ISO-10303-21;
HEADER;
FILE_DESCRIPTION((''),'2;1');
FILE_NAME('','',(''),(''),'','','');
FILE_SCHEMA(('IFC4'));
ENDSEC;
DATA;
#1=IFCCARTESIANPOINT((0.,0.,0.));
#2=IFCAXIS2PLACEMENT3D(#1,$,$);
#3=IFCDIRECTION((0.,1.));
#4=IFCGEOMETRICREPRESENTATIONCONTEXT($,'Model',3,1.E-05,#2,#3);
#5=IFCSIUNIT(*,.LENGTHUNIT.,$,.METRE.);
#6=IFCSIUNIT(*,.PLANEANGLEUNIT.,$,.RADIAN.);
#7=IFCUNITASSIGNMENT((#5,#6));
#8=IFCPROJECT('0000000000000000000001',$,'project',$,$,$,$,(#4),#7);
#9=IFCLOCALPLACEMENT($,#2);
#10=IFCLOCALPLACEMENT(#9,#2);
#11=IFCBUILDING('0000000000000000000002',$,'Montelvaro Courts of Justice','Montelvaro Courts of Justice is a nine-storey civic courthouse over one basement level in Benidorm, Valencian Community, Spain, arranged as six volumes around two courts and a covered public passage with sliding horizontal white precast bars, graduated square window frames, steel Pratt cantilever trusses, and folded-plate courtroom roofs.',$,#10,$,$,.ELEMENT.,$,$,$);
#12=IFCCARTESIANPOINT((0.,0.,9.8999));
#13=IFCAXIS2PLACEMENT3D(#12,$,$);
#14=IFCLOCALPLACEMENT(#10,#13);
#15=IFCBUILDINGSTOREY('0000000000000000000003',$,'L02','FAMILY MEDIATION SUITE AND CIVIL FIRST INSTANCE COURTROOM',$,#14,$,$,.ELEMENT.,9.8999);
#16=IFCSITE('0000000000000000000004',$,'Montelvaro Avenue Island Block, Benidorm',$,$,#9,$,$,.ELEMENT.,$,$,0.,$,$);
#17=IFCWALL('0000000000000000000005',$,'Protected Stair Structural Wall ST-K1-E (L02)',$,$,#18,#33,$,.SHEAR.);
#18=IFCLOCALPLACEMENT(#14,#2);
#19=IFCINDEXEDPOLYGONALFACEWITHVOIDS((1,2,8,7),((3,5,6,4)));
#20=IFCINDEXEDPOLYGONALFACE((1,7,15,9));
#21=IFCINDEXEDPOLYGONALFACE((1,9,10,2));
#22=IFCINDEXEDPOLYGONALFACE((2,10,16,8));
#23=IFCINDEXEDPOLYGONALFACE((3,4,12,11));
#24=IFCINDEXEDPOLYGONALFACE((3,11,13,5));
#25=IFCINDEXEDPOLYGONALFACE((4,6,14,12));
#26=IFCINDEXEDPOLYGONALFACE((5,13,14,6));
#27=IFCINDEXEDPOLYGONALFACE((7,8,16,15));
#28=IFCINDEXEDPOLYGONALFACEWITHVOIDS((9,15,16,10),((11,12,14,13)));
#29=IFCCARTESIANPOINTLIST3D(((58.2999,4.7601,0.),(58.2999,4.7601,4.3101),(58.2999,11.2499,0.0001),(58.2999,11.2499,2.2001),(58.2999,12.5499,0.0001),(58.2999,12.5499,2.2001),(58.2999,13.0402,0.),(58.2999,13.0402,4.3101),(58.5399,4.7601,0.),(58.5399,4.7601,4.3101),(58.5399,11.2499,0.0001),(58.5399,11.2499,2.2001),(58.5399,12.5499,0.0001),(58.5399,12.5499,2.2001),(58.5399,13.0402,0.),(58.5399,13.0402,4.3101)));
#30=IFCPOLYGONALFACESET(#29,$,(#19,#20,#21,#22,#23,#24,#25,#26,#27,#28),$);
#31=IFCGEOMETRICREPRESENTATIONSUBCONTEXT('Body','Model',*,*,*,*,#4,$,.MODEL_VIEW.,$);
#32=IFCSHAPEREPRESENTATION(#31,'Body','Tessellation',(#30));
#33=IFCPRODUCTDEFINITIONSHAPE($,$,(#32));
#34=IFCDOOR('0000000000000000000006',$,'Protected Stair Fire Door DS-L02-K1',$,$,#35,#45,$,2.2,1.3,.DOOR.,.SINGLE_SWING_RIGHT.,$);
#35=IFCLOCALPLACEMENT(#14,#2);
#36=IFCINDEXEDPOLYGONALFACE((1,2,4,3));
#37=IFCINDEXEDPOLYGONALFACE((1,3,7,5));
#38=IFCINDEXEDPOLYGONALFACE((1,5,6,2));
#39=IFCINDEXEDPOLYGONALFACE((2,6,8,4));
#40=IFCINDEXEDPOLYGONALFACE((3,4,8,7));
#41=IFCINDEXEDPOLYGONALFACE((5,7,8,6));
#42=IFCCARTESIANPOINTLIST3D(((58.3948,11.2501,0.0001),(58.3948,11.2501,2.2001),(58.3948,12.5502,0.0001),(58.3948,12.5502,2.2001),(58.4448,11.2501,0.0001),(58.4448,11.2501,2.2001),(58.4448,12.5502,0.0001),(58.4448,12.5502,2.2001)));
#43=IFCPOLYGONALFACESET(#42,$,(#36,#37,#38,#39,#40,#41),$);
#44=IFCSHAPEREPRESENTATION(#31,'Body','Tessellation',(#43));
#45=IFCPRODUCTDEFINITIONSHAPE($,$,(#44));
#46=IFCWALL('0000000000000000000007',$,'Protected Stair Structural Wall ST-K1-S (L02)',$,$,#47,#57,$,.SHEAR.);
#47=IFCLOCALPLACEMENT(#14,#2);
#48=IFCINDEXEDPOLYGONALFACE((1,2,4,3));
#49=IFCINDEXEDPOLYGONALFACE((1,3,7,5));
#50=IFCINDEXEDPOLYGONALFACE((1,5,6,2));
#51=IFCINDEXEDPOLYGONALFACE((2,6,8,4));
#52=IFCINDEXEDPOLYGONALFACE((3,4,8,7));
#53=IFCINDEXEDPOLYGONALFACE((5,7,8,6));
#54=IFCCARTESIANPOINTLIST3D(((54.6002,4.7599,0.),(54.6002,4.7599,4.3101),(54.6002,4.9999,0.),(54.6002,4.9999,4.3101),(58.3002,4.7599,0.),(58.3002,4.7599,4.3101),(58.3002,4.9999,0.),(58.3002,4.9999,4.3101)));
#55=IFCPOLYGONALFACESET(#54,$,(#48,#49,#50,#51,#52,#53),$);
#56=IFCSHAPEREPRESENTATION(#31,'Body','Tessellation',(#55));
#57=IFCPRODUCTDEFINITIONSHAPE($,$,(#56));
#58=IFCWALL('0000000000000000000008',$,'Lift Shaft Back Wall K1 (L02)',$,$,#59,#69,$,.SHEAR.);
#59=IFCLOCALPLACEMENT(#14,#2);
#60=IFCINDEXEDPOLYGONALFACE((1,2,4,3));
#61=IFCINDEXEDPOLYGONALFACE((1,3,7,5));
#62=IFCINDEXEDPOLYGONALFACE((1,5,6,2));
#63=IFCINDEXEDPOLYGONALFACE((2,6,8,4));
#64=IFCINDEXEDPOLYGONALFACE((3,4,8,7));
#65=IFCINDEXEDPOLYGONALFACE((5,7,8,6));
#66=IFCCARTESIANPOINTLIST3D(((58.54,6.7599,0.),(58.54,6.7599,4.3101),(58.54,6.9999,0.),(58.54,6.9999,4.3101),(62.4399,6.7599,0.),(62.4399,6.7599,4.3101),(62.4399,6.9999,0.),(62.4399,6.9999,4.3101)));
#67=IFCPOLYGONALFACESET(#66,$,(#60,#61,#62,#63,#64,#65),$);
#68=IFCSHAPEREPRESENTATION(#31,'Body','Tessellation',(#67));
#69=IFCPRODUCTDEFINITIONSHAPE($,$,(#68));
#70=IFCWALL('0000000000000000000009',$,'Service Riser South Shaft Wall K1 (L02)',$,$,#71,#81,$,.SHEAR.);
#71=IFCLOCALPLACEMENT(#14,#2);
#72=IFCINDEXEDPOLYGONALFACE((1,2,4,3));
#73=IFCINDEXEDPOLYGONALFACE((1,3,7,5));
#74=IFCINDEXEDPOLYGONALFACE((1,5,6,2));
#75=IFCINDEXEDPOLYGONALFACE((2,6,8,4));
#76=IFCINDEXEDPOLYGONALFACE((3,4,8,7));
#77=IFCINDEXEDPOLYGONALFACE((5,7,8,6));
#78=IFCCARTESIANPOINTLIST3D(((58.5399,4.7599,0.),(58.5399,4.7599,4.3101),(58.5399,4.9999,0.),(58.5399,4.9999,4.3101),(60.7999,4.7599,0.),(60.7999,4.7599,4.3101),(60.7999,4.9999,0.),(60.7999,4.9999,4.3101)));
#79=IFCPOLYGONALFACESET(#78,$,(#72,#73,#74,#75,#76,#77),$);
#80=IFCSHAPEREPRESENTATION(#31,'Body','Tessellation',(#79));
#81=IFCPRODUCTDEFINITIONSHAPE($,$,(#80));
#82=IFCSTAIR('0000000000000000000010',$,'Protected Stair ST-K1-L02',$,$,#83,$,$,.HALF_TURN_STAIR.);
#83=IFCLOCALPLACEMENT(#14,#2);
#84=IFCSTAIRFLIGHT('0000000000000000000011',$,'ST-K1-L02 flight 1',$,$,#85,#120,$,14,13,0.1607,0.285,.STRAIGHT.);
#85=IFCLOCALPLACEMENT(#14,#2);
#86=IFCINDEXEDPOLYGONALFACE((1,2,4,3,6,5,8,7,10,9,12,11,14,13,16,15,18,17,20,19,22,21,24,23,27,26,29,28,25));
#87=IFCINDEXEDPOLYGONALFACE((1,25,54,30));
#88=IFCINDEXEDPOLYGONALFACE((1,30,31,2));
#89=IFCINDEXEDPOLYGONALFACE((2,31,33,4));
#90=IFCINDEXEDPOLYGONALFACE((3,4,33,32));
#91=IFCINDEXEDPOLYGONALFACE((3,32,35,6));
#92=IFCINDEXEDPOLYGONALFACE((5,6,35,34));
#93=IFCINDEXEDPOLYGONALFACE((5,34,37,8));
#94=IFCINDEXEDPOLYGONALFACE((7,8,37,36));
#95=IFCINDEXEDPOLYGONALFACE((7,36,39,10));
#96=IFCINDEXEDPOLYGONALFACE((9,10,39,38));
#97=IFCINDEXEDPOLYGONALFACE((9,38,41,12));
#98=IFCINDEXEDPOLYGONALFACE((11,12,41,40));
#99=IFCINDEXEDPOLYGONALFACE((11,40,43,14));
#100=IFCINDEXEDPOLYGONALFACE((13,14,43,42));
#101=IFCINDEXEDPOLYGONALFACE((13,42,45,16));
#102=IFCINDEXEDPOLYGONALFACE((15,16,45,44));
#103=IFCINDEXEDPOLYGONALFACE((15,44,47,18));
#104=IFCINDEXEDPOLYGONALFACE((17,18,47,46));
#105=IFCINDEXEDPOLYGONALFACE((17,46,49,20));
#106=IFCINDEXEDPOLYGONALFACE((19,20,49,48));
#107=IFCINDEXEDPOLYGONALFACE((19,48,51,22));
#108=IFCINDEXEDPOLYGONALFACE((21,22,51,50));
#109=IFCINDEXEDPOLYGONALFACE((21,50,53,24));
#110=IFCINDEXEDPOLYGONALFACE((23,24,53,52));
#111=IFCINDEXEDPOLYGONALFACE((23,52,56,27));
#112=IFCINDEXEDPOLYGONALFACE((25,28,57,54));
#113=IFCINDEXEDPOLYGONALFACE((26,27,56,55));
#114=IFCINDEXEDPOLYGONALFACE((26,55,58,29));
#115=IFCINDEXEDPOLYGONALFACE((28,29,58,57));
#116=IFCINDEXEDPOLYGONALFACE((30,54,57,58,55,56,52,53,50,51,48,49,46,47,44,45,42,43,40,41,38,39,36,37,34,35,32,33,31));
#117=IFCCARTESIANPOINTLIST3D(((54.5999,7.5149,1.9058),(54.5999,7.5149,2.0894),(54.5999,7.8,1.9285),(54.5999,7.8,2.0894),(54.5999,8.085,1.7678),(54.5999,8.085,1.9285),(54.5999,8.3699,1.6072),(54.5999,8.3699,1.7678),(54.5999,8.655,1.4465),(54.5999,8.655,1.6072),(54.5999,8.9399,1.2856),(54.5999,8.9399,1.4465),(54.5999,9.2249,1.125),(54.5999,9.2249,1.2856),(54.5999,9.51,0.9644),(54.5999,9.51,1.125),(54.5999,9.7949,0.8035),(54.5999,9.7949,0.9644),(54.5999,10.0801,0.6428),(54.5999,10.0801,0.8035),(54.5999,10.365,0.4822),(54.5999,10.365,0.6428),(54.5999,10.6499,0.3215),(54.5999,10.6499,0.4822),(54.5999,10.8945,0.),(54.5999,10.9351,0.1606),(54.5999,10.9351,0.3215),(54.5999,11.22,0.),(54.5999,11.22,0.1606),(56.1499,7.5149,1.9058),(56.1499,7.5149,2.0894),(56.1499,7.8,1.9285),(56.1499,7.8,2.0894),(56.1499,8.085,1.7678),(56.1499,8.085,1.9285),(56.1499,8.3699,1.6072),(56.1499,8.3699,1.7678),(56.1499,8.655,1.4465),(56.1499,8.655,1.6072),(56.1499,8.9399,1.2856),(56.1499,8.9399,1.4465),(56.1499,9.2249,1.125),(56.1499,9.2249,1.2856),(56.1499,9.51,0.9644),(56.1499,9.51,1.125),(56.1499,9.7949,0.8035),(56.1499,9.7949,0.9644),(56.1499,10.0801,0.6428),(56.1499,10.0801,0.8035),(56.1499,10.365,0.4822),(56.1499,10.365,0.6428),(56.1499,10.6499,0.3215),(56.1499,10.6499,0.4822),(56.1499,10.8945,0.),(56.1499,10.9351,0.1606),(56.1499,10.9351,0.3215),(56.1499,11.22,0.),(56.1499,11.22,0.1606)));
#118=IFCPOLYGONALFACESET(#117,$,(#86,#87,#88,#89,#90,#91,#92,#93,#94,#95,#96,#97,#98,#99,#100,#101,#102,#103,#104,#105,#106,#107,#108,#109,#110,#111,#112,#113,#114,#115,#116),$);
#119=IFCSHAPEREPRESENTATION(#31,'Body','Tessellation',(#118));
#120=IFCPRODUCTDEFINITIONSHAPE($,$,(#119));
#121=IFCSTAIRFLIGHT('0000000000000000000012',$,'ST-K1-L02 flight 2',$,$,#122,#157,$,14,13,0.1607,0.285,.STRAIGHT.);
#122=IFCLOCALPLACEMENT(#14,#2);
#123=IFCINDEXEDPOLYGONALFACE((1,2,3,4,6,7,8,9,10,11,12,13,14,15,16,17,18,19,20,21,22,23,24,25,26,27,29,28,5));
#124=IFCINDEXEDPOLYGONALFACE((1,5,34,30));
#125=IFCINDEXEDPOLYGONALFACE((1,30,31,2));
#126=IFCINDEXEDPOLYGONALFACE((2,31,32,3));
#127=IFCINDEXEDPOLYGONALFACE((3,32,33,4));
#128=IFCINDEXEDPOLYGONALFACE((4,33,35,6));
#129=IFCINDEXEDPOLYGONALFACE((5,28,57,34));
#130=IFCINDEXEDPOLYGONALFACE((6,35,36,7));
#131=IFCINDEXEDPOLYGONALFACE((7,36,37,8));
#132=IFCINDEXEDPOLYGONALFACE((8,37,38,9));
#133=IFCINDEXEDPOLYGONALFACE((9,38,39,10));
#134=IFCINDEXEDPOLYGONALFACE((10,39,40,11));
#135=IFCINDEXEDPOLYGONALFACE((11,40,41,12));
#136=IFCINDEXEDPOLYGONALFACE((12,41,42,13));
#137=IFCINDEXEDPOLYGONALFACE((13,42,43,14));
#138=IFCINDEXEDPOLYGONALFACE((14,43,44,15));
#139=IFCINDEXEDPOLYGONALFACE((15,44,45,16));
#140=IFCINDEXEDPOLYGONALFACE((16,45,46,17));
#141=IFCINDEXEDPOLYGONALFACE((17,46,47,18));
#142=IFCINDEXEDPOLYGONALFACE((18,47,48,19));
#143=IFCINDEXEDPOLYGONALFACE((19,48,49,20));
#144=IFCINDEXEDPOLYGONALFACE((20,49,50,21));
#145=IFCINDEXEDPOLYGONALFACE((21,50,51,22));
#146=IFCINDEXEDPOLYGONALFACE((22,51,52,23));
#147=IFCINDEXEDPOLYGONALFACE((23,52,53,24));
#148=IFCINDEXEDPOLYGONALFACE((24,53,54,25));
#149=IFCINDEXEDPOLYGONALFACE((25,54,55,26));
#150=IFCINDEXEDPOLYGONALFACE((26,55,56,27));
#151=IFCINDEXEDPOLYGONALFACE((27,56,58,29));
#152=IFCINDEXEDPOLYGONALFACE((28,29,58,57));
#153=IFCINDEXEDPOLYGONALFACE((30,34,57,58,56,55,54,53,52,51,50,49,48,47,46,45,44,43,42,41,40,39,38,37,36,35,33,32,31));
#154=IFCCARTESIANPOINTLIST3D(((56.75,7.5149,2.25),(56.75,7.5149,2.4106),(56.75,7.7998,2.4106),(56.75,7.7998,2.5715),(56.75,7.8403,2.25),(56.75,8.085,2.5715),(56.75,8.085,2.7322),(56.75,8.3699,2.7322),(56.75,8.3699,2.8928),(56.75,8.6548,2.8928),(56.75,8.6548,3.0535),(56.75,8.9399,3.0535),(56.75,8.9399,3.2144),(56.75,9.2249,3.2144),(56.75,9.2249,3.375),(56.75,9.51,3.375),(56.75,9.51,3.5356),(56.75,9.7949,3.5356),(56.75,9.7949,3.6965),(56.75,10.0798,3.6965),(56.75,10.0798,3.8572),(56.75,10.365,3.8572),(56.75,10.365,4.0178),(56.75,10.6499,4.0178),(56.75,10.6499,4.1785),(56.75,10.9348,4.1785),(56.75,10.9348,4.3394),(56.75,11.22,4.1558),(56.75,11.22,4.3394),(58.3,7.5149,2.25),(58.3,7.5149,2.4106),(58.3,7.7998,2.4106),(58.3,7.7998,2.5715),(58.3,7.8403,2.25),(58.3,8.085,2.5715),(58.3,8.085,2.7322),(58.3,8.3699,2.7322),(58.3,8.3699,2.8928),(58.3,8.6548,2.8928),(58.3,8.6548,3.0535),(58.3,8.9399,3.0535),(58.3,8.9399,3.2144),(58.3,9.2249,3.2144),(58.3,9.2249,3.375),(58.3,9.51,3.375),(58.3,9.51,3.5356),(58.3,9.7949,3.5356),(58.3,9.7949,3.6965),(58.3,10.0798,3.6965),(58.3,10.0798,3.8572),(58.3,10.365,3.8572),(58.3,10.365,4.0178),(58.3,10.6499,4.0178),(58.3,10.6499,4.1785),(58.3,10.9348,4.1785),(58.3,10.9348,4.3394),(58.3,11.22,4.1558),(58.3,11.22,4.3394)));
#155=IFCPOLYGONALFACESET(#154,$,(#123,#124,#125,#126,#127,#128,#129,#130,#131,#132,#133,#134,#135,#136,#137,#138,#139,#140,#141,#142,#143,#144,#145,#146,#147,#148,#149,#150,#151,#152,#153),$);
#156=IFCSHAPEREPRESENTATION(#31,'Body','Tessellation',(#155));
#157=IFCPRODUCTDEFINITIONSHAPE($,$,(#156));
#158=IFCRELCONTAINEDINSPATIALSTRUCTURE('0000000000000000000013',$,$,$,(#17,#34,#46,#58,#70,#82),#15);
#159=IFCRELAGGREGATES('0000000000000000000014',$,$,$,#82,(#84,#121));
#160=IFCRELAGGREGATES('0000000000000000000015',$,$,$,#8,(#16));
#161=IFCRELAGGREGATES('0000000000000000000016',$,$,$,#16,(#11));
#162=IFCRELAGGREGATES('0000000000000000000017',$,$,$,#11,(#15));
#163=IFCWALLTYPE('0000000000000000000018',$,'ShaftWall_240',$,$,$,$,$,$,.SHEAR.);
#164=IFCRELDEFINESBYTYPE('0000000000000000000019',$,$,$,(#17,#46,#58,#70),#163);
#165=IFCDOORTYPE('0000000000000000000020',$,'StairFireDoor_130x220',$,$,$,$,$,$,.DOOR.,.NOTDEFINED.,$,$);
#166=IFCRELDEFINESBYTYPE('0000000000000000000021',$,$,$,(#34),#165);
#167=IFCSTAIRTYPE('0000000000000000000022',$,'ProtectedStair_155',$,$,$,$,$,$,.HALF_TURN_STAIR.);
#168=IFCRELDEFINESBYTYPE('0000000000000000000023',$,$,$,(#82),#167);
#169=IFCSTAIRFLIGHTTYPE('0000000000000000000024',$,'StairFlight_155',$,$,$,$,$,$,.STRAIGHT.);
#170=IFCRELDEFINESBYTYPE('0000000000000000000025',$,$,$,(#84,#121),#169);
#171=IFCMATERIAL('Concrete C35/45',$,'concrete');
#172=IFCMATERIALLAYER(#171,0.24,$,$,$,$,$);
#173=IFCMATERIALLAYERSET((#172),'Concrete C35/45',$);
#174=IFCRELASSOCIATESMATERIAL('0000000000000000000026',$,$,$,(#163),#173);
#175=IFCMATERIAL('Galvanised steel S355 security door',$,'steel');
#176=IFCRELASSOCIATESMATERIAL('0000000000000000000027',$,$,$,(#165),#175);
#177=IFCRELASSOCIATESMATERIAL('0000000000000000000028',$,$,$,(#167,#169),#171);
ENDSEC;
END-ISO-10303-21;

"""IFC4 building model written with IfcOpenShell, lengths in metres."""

from ifc_helpers import new_model, si_unit, direction, frame, frame_2d, origin, place, context, subcontext, project, spatial, polyline, rectangle, outline, extrude, material, layer, layer_set, type_object, element, fill, aggregate, save


model = new_model("IFC4")

# Units and contexts
model_context = context("Model", 3, precision=1e-05, world=origin(), true_north=direction((0.0, 1.0)))
body_context = subcontext(model_context, "Body", "Model", "MODEL_VIEW")
ifc_project = project(units=[si_unit("LENGTHUNIT", "METRE"), si_unit("PLANEANGLEUNIT", "RADIAN")], contexts=[model_context])

# Site, building, storey
site_placement = place(None, origin())
site = spatial("IfcSite", under=ifc_project, at=site_placement, Name="Montelvaro Avenue Island Block, Benidorm", CompositionType="ELEMENT", RefElevation=0.0)
building_placement = place(site_placement, origin())
building = spatial("IfcBuilding", under=site, at=building_placement, Name="Montelvaro Courts of Justice", Description="Montelvaro Courts of Justice is a nine-storey civic courthouse over one basement level in Benidorm, Valencian Community, Spain, arranged as six volumes around two courts and a covered public passage with sliding horizontal white precast bars, graduated square window frames, steel Pratt cantilever trusses, and folded-plate courtroom roofs.", CompositionType="ELEMENT")
storey_placement = place(building_placement, frame((0.0, 0.0, 9.8999)))
storey = spatial("IfcBuildingStorey", under=building, at=storey_placement, Name="L02", Description="FAMILY MEDIATION SUITE AND CIVIL FIRST INSTANCE COURTROOM", CompositionType="ELEMENT", Elevation=9.8999)

# Shared definitions
ifc_material_1 = material(Name="Concrete C35/45", Category="concrete")
ifc_layer_1 = layer(ifc_material_1, 0.24)
ifc_layer_set_1 = layer_set([ifc_layer_1], Name="Concrete C35/45")
wall_type_1 = type_object("IfcWallType", Name="ShaftWall_240", PredefinedType="SHEAR", material=ifc_layer_set_1)

# Wall, opening, door
wall_1_placement = place(storey_placement, frame((58.4199, 4.76, 0.0), z_axis=(0.0, 0.0, 1.0), x_axis=(0.0, 1.0, 0.0)))
wall_1 = element("IfcWall", 1, at=wall_1_placement, inside=storey, type_object=wall_type_1, Name="Protected Stair Structural Wall ST-K1-E (L02)", PredefinedType="SHEAR", context=body_context, shape_type="SweptSolid", body=[
    extrude(rectangle(XDim=8.28, YDim=0.24, at=frame_2d((4.1401, 0.0))), origin(), (0.0, 0.0, 1.0), 4.3101),
])
opening_1_placement = place(wall_1_placement, frame((6.49, 0.0, 0.0)))
opening_1 = element("IfcOpeningElement", 2, at=opening_1_placement, cuts=wall_1, PredefinedType="OPENING", context=body_context, shape_type="SweptSolid", body=[
    extrude(rectangle(XDim=1.3, YDim=2.2, at=frame_2d((0.6499, 1.1001))), frame((0.0, 0.1348, 0.0), z_axis=(0.0, -1.0, 0.0), x_axis=(1.0, 0.0, 0.0)), (0.0, 0.0, 1.0), 0.2698),
])
ifc_material_2 = material(Name="Galvanised steel S355 security door", Category="steel")
door_type = type_object("IfcDoorType", Name="StairFireDoor_130x220", OperationType="NOTDEFINED", PredefinedType="DOOR", material=ifc_material_2)
door_placement = place(opening_1_placement, frame((1.3, 0.0, 0.0), z_axis=(0.0, 0.0, 1.0), x_axis=(-1.0, 0.0, 0.0)))
door = element("IfcDoor", 3, at=door_placement, inside=storey, type_object=door_type, Name="Protected Stair Fire Door DS-L02-K1", OperationType="SINGLE_SWING_RIGHT", OverallHeight=2.2, OverallWidth=1.3, PredefinedType="DOOR", context=body_context, shape_type="SweptSolid", body=[
    extrude(rectangle(XDim=1.3, YDim=2.2, at=frame_2d((0.6499, 1.1001))), frame((0.0, 0.0249, 0.0), z_axis=(0.0, -1.0, 0.0), x_axis=(1.0, 0.0, 0.0)), (0.0, 0.0, 1.0), 0.05),
])
fill(opening_1, door)

# Walls
wall_2_placement = place(storey_placement, frame((54.6001, 4.8799, 0.0), z_axis=(0.0, 0.0, 1.0), x_axis=(1.0, 0.0, 0.0)))
element("IfcWall", 4, at=wall_2_placement, inside=storey, type_object=wall_type_1, Name="Protected Stair Structural Wall ST-K1-S (L02)", PredefinedType="SHEAR", context=body_context, shape_type="SweptSolid", body=[
    extrude(rectangle(XDim=3.7, YDim=0.24, at=frame_2d((1.8501, 0.0))), origin(), (0.0, 0.0, 1.0), 4.3101),
])
wall_3_placement = place(storey_placement, frame((58.54, 6.8799, 0.0), z_axis=(0.0, 0.0, 1.0), x_axis=(1.0, 0.0, 0.0)))
element("IfcWall", 5, at=wall_3_placement, inside=storey, type_object=wall_type_1, Name="Lift Shaft Back Wall K1 (L02)", PredefinedType="SHEAR", context=body_context, shape_type="SweptSolid", body=[
    extrude(rectangle(XDim=3.8999, YDim=0.24, at=frame_2d((1.95, 0.0))), origin(), (0.0, 0.0, 1.0), 4.3101),
])
wall_4_placement = place(storey_placement, frame((58.54, 4.8799, 0.0), z_axis=(0.0, 0.0, 1.0), x_axis=(1.0, 0.0, 0.0)))
element("IfcWall", 6, at=wall_4_placement, inside=storey, type_object=wall_type_1, Name="Service Riser South Shaft Wall K1 (L02)", PredefinedType="SHEAR", context=body_context, shape_type="SweptSolid", body=[
    extrude(rectangle(XDim=2.26, YDim=0.24, at=frame_2d((1.1299, 0.0))), origin(), (0.0, 0.0, 1.0), 4.3101),
])

# Stair, stair flights
stair_type = type_object("IfcStairType", Name="ProtectedStair_155", PredefinedType="HALF_TURN_STAIR", material=ifc_material_1)
stair_placement = place(storey_placement, origin())
stair = element("IfcStair", 7, at=stair_placement, inside=storey, type_object=stair_type, Name="Protected Stair ST-K1-L02", PredefinedType="HALF_TURN_STAIR")
stair_flight_type = type_object("IfcStairFlightType", Name="StairFlight_155", PredefinedType="STRAIGHT", material=ifc_material_1)
stair_flight_1_placement = place(storey_placement, frame((55.375, 11.22, 0.0), z_axis=(0.0, 0.0, 1.0), x_axis=(0.0, -1.0, 0.0)))
stair_flight_1 = element("IfcStairFlight", 8, at=stair_flight_1_placement, type_object=stair_flight_type, Name="ST-K1-L02 flight 1", NumberOfRisers=14, NumberOfTreads=13, PredefinedType="STRAIGHT", RiserHeight=0.1607, TreadLength=0.285, context=body_context, shape_type="SweptSolid", body=[
    extrude(outline(polyline([(0.0, 0.0), (0.0, 0.1606), (0.2849, 0.1606), (0.2849, 0.3215), (0.5701, 0.3215), (0.5701, 0.4822), (0.855, 0.4822), (0.855, 0.6428), (1.1399, 0.6428), (1.1399, 0.8035), (1.425, 0.8035), (1.425, 0.9644), (1.71, 0.9644), (1.71, 1.125), (1.9951, 1.125), (1.9951, 1.2856), (2.28, 1.2856), (2.28, 1.4465), (2.5649, 1.4465), (2.5649, 1.6072), (2.8501, 1.6072), (2.8501, 1.7678), (3.135, 1.7678), (3.135, 1.9285), (3.4199, 1.9285), (3.4199, 2.0894), (3.7051, 2.0894), (3.7051, 2.25), (3.7051, 1.9058), (0.3254, 0.0), (0.0, 0.0)])), frame((0.0, 0.7749, 0.0), z_axis=(0.0, -1.0, 0.0), x_axis=(1.0, 0.0, 0.0)), (0.0, 0.0, 1.0), 1.55),
])
stair_flight_2_placement = place(storey_placement, frame((57.5249, 7.5149, 2.25), z_axis=(0.0, 0.0, 1.0), x_axis=(0.0, 1.0, 0.0)))
stair_flight_2 = element("IfcStairFlight", 9, at=stair_flight_2_placement, type_object=stair_flight_type, Name="ST-K1-L02 flight 2", NumberOfRisers=14, NumberOfTreads=13, PredefinedType="STRAIGHT", RiserHeight=0.1607, TreadLength=0.285, context=body_context, shape_type="SweptSolid", body=[
    extrude(outline(polyline([(0.0, 0.0), (0.0, 0.1606), (0.2849, 0.1606), (0.2849, 0.3215), (0.5701, 0.3215), (0.5701, 0.4822), (0.855, 0.4822), (0.855, 0.6428), (1.1399, 0.6428), (1.1399, 0.8035), (1.425, 0.8035), (1.425, 0.9644), (1.71, 0.9644), (1.71, 1.125), (1.9951, 1.125), (1.9951, 1.2856), (2.28, 1.2856), (2.28, 1.4465), (2.5649, 1.4465), (2.5649, 1.6072), (2.8501, 1.6072), (2.8501, 1.7678), (3.135, 1.7678), (3.135, 1.9285), (3.4199, 1.9285), (3.4199, 2.0894), (3.7051, 2.0894), (3.7051, 2.25), (3.7051, 1.9058), (0.3254, 0.0), (0.0, 0.0)])), frame((0.0, 0.7749, 0.0), z_axis=(0.0, -1.0, 0.0), x_axis=(1.0, 0.0, 0.0)), (0.0, 0.0, 1.0), 1.55),
])
aggregate(stair, [stair_flight_1, stair_flight_2])

save(model, "model.ifc")
